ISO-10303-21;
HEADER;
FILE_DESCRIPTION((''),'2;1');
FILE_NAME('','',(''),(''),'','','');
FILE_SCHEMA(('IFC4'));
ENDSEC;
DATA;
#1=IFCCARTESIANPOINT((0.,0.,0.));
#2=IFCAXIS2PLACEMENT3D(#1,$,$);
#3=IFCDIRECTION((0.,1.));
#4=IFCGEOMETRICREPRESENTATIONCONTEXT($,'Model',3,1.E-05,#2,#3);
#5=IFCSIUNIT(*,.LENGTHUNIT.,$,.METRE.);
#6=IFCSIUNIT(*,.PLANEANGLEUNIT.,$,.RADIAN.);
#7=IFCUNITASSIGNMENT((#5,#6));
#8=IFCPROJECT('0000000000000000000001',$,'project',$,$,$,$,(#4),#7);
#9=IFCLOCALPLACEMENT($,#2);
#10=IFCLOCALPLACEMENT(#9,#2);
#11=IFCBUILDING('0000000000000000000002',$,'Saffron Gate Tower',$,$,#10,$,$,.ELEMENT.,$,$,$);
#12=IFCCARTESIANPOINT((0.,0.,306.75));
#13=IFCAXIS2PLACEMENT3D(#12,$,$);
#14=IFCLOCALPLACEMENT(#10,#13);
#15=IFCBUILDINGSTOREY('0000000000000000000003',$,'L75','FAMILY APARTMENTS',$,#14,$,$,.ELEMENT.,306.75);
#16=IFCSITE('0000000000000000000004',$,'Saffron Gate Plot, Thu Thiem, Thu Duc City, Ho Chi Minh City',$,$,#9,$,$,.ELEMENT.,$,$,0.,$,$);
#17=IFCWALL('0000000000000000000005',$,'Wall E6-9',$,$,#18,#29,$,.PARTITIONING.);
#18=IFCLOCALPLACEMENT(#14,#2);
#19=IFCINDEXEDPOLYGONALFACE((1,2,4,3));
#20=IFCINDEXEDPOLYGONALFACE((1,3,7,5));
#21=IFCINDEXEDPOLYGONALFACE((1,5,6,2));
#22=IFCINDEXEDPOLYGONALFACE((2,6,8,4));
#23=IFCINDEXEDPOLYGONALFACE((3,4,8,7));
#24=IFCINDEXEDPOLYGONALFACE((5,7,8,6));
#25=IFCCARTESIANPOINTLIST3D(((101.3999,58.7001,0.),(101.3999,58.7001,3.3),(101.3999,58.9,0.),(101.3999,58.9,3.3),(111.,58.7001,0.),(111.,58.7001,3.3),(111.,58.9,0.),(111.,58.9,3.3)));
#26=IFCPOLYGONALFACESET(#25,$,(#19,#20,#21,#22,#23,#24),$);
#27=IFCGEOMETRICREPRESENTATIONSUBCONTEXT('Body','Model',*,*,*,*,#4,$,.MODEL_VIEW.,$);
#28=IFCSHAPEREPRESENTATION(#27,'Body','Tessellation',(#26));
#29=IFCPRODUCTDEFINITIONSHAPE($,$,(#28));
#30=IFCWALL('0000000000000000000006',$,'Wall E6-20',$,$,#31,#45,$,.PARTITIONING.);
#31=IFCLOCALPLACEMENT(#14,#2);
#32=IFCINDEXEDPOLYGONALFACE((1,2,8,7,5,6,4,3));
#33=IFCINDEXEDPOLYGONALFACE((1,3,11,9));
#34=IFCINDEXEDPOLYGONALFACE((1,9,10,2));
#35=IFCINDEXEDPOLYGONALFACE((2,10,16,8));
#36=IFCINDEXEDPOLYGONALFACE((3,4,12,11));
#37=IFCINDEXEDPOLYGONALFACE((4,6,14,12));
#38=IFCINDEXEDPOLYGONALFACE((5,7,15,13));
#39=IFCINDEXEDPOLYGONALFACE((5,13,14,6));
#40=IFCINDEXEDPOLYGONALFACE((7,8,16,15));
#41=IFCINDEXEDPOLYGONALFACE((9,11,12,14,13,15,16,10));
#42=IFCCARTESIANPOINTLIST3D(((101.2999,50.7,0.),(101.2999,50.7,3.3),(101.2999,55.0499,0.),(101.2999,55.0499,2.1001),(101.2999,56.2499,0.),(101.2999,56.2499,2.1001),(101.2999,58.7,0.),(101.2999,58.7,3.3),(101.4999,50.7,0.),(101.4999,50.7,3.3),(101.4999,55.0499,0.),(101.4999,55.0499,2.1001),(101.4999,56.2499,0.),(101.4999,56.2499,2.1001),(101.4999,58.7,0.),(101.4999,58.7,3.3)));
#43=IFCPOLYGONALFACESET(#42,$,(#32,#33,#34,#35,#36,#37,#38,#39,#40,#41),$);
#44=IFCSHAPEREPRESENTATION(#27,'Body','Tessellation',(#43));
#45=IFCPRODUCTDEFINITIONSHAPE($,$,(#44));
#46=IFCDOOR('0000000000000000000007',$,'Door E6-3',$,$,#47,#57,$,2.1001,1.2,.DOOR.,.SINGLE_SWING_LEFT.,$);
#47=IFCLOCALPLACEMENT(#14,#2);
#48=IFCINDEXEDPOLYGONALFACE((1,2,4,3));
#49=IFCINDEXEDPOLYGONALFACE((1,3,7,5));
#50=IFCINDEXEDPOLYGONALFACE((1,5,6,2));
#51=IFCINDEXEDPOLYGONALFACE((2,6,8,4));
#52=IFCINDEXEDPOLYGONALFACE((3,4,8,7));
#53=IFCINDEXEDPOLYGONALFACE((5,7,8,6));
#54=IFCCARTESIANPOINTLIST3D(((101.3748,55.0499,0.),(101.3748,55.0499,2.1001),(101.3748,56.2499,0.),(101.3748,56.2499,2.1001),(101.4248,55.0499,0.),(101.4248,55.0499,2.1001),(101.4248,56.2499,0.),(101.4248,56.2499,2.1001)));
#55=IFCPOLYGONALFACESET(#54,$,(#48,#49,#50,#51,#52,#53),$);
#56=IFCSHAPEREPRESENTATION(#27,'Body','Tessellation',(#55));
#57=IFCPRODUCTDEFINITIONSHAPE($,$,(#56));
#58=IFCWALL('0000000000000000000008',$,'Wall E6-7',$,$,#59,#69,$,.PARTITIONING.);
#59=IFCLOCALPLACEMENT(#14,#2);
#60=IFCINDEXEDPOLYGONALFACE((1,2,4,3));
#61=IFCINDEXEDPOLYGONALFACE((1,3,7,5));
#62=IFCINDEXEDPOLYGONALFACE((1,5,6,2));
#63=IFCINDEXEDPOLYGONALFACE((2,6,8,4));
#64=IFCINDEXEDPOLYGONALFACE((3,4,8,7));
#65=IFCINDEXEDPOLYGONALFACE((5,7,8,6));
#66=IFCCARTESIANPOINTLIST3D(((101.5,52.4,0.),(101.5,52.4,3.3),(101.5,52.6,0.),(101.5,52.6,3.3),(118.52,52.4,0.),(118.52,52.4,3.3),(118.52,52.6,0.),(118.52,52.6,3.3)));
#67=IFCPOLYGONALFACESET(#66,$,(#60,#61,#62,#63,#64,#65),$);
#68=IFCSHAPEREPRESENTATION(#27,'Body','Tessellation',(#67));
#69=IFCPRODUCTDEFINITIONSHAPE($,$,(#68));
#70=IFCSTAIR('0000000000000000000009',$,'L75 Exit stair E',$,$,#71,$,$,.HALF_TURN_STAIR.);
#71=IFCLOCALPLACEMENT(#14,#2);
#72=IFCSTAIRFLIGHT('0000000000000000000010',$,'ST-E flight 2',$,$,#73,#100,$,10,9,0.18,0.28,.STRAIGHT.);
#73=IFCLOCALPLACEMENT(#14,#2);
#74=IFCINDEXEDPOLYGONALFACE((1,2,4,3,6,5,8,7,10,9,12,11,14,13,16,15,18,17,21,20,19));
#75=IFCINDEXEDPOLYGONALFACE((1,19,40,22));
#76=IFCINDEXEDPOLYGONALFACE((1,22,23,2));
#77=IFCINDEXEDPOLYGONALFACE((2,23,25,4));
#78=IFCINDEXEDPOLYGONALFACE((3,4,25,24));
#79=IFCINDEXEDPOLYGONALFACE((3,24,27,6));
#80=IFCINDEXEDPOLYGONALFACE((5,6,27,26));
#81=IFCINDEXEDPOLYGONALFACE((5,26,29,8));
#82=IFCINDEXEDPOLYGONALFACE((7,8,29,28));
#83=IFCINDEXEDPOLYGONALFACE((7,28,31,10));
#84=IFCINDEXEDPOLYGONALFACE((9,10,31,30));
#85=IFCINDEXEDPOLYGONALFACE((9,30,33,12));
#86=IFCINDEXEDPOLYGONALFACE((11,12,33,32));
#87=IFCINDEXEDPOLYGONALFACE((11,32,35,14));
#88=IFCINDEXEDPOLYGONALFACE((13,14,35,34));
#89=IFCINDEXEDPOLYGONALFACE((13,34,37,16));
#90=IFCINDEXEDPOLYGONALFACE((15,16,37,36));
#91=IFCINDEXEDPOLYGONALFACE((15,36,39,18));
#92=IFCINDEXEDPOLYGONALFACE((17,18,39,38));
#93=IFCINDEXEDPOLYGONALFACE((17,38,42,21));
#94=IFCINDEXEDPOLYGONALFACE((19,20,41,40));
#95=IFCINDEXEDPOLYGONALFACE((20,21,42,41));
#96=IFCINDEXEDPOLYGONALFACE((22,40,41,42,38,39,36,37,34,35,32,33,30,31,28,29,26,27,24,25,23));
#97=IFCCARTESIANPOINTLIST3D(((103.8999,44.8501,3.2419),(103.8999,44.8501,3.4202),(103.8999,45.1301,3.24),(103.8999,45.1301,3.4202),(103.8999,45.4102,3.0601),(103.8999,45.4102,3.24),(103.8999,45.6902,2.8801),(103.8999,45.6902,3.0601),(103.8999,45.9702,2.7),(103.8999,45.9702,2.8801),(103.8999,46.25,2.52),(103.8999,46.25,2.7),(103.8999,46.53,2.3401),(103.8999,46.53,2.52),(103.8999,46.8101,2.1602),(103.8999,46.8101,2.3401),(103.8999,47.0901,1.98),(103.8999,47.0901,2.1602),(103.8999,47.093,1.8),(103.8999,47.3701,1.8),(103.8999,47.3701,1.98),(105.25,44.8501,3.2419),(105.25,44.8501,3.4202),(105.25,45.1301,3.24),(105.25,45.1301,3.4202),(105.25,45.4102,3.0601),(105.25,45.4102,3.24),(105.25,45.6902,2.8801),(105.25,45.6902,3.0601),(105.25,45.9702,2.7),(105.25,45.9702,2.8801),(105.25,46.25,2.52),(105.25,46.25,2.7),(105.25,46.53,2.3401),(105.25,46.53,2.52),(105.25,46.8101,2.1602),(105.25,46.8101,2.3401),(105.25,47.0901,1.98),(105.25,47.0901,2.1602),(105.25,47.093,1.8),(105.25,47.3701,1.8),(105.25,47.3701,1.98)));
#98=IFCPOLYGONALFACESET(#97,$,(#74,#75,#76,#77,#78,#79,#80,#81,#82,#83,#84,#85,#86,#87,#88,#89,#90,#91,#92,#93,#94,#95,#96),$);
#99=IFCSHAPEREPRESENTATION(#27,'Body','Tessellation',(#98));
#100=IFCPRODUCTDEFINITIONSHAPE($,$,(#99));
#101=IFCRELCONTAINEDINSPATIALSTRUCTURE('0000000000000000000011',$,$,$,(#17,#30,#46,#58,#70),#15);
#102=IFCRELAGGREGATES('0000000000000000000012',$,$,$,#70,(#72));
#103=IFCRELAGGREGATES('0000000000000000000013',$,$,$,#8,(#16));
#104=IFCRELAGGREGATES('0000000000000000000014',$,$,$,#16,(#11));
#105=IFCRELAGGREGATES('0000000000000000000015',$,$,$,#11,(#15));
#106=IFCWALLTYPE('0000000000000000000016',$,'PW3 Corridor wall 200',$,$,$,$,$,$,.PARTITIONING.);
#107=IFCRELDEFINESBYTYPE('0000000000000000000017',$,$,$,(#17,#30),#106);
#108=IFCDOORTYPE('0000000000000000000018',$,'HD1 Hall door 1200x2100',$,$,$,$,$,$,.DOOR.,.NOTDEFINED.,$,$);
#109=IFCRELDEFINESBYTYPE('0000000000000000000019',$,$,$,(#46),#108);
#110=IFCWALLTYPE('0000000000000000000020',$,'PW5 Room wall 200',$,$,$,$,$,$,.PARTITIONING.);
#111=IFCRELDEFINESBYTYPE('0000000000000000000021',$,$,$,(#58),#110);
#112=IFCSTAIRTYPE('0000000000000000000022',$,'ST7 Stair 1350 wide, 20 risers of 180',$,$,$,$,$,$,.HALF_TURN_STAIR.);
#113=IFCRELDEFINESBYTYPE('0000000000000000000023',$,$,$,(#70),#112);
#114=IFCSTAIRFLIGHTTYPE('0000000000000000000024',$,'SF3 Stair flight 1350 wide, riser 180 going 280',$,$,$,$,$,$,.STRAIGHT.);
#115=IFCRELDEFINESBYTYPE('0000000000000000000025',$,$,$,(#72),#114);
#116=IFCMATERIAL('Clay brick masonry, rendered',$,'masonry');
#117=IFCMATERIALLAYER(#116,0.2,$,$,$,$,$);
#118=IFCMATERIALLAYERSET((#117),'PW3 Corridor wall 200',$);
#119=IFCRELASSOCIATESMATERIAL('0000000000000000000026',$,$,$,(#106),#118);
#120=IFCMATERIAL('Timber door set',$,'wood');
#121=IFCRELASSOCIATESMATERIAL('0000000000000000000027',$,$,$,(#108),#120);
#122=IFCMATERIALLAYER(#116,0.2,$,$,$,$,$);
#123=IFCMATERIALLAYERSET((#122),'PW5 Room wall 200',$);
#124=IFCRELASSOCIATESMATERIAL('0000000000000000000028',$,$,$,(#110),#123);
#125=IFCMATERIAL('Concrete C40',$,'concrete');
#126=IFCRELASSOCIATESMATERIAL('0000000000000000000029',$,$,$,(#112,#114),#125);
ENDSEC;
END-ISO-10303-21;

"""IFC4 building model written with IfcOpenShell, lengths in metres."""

from ifc_helpers import new_model, si_unit, direction, frame, frame_2d, origin, place, context, subcontext, project, spatial, polyline, rectangle, outline, extrude, material, layer, layer_set, type_object, element, fill, aggregate, save


model = new_model("IFC4")

# Units and contexts
model_context = context("Model", 3, precision=1e-05, world=origin(), true_north=direction((0.0, 1.0)))
body_context = subcontext(model_context, "Body", "Model", "MODEL_VIEW")
ifc_project = project(units=[si_unit("LENGTHUNIT", "METRE"), si_unit("PLANEANGLEUNIT", "RADIAN")], contexts=[model_context])

# Site, building, storey
site_placement = place(None, origin())
site = spatial("IfcSite", under=ifc_project, at=site_placement, Name="Saffron Gate Plot, Thu Thiem, Thu Duc City, Ho Chi Minh City", CompositionType="ELEMENT", RefElevation=0.0)
building_placement = place(site_placement, origin())
building = spatial("IfcBuilding", under=site, at=building_placement, Name="Saffron Gate Tower", CompositionType="ELEMENT")
storey_placement = place(building_placement, frame((0.0, 0.0, 306.75)))
storey = spatial("IfcBuildingStorey", under=building, at=storey_placement, Name="L75", Description="FAMILY APARTMENTS", CompositionType="ELEMENT", Elevation=306.75)

# Wall
ifc_material_1 = material(Name="Clay brick masonry, rendered", Category="masonry")
ifc_layer_1 = layer(ifc_material_1, 0.2)
ifc_layer_set_1 = layer_set([ifc_layer_1], Name="PW3 Corridor wall 200")
wall_type_1 = type_object("IfcWallType", Name="PW3 Corridor wall 200", PredefinedType="PARTITIONING", material=ifc_layer_set_1)
wall_1_placement = place(storey_placement, frame((101.3999, 58.8, 0.0), z_axis=(0.0, 0.0, 1.0), x_axis=(1.0, 0.0, 0.0)))
element("IfcWall", 1, at=wall_1_placement, inside=storey, type_object=wall_type_1, Name="Wall E6-9", PredefinedType="PARTITIONING", context=body_context, shape_type="SweptSolid", body=[
    extrude(rectangle(XDim=9.6001, YDim=0.2, at=frame_2d((4.8, 0.0))), origin(), (0.0, 0.0, 1.0), 3.3),
])

# Wall, opening, door
wall_2_placement = place(storey_placement, frame((101.3999, 58.7, 0.0), z_axis=(0.0, 0.0, 1.0), x_axis=(0.0, -1.0, 0.0)))
wall_2 = element("IfcWall", 2, at=wall_2_placement, inside=storey, type_object=wall_type_1, Name="Wall E6-20", PredefinedType="PARTITIONING", context=body_context, shape_type="SweptSolid", body=[
    extrude(rectangle(XDim=8.0, YDim=0.2, at=frame_2d((4.0, 0.0))), origin(), (0.0, 0.0, 1.0), 3.3),
])
opening_1_placement = place(wall_2_placement, frame((2.45, 0.0, 0.0)))
opening_1 = element("IfcOpeningElement", 3, at=opening_1_placement, cuts=wall_2, PredefinedType="OPENING", context=body_context, shape_type="SweptSolid", body=[
    extrude(rectangle(XDim=1.2, YDim=2.1001, at=frame_2d((0.6001, 1.05))), frame((0.0, 0.1099, 0.0), z_axis=(0.0, -1.0, 0.0), x_axis=(1.0, 0.0, 0.0)), (0.0, 0.0, 1.0), 0.22),
])
ifc_material_2 = material(Name="Timber door set", Category="wood")
door_type_1 = type_object("IfcDoorType", Name="HD1 Hall door 1200x2100", OperationType="NOTDEFINED", PredefinedType="DOOR", material=ifc_material_2)
door_1_placement = place(opening_1_placement, origin())
door_1 = element("IfcDoor", 4, at=door_1_placement, inside=storey, type_object=door_type_1, Name="Door E6-3", OperationType="SINGLE_SWING_LEFT", OverallHeight=2.1001, OverallWidth=1.2, PredefinedType="DOOR", context=body_context, shape_type="SweptSolid", body=[
    extrude(rectangle(XDim=1.2, YDim=2.1001, at=frame_2d((0.6001, 1.05))), frame((0.0, 0.0249, 0.0), z_axis=(0.0, -1.0, 0.0), x_axis=(1.0, 0.0, 0.0)), (0.0, 0.0, 1.0), 0.05),
])
fill(opening_1, door_1)

# Wall
ifc_layer_2 = layer(ifc_material_1, 0.2)
ifc_layer_set_2 = layer_set([ifc_layer_2], Name="PW5 Room wall 200")
wall_type_2 = type_object("IfcWallType", Name="PW5 Room wall 200", PredefinedType="PARTITIONING", material=ifc_layer_set_2)
wall_3_placement = place(storey_placement, frame((101.5, 52.5, 0.0), z_axis=(0.0, 0.0, 1.0), x_axis=(1.0, 0.0, 0.0)))
element("IfcWall", 5, at=wall_3_placement, inside=storey, type_object=wall_type_2, Name="Wall E6-7", PredefinedType="PARTITIONING", context=body_context, shape_type="SweptSolid", body=[
    extrude(rectangle(XDim=17.02, YDim=0.2, at=frame_2d((8.51, 0.0))), origin(), (0.0, 0.0, 1.0), 3.3),
])

# Stair, stair flight
ifc_material_3 = material(Name="Concrete C40", Category="concrete")
stair_type = type_object("IfcStairType", Name="ST7 Stair 1350 wide, 20 risers of 180", PredefinedType="HALF_TURN_STAIR", material=ifc_material_3)
stair_placement = place(storey_placement, origin())
stair = element("IfcStair", 6, at=stair_placement, inside=storey, type_object=stair_type, Name="L75 Exit stair E", PredefinedType="HALF_TURN_STAIR")
stair_flight_type = type_object("IfcStairFlightType", Name="SF3 Stair flight 1350 wide, riser 180 going 280", PredefinedType="STRAIGHT", material=ifc_material_3)
stair_flight_placement = place(storey_placement, frame((104.575, 47.3701, 1.8), z_axis=(0.0, 0.0, 1.0), x_axis=(0.0, -1.0, 0.0)))
stair_flight = element("IfcStairFlight", 7, at=stair_flight_placement, type_object=stair_flight_type, Name="ST-E flight 2", NumberOfRisers=10, NumberOfTreads=9, PredefinedType="STRAIGHT", RiserHeight=0.18, TreadLength=0.28, context=body_context, shape_type="SweptSolid", body=[
    extrude(outline(polyline([(0.0, 0.0), (0.0, 0.1799), (0.28, 0.1799), (0.28, 0.3601), (0.5601, 0.3601), (0.5601, 0.54), (0.8401, 0.54), (0.8401, 0.72), (1.1201, 0.72), (1.1201, 0.8999), (1.3999, 0.8999), (1.3999, 1.0801), (1.6799, 1.0801), (1.6799, 1.26), (1.96, 1.26), (1.96, 1.4399), (2.24, 1.4399), (2.24, 1.6201), (2.52, 1.6201), (2.52, 1.8), (2.52, 1.4419), (0.2771, 0.0), (0.0, 0.0)])), frame((0.0, 0.675, 0.0), z_axis=(0.0, -1.0, 0.0), x_axis=(1.0, 0.0, 0.0)), (0.0, 0.0, 1.0), 1.3501),
])
aggregate(stair, [stair_flight])

save(model, "model.ifc")
